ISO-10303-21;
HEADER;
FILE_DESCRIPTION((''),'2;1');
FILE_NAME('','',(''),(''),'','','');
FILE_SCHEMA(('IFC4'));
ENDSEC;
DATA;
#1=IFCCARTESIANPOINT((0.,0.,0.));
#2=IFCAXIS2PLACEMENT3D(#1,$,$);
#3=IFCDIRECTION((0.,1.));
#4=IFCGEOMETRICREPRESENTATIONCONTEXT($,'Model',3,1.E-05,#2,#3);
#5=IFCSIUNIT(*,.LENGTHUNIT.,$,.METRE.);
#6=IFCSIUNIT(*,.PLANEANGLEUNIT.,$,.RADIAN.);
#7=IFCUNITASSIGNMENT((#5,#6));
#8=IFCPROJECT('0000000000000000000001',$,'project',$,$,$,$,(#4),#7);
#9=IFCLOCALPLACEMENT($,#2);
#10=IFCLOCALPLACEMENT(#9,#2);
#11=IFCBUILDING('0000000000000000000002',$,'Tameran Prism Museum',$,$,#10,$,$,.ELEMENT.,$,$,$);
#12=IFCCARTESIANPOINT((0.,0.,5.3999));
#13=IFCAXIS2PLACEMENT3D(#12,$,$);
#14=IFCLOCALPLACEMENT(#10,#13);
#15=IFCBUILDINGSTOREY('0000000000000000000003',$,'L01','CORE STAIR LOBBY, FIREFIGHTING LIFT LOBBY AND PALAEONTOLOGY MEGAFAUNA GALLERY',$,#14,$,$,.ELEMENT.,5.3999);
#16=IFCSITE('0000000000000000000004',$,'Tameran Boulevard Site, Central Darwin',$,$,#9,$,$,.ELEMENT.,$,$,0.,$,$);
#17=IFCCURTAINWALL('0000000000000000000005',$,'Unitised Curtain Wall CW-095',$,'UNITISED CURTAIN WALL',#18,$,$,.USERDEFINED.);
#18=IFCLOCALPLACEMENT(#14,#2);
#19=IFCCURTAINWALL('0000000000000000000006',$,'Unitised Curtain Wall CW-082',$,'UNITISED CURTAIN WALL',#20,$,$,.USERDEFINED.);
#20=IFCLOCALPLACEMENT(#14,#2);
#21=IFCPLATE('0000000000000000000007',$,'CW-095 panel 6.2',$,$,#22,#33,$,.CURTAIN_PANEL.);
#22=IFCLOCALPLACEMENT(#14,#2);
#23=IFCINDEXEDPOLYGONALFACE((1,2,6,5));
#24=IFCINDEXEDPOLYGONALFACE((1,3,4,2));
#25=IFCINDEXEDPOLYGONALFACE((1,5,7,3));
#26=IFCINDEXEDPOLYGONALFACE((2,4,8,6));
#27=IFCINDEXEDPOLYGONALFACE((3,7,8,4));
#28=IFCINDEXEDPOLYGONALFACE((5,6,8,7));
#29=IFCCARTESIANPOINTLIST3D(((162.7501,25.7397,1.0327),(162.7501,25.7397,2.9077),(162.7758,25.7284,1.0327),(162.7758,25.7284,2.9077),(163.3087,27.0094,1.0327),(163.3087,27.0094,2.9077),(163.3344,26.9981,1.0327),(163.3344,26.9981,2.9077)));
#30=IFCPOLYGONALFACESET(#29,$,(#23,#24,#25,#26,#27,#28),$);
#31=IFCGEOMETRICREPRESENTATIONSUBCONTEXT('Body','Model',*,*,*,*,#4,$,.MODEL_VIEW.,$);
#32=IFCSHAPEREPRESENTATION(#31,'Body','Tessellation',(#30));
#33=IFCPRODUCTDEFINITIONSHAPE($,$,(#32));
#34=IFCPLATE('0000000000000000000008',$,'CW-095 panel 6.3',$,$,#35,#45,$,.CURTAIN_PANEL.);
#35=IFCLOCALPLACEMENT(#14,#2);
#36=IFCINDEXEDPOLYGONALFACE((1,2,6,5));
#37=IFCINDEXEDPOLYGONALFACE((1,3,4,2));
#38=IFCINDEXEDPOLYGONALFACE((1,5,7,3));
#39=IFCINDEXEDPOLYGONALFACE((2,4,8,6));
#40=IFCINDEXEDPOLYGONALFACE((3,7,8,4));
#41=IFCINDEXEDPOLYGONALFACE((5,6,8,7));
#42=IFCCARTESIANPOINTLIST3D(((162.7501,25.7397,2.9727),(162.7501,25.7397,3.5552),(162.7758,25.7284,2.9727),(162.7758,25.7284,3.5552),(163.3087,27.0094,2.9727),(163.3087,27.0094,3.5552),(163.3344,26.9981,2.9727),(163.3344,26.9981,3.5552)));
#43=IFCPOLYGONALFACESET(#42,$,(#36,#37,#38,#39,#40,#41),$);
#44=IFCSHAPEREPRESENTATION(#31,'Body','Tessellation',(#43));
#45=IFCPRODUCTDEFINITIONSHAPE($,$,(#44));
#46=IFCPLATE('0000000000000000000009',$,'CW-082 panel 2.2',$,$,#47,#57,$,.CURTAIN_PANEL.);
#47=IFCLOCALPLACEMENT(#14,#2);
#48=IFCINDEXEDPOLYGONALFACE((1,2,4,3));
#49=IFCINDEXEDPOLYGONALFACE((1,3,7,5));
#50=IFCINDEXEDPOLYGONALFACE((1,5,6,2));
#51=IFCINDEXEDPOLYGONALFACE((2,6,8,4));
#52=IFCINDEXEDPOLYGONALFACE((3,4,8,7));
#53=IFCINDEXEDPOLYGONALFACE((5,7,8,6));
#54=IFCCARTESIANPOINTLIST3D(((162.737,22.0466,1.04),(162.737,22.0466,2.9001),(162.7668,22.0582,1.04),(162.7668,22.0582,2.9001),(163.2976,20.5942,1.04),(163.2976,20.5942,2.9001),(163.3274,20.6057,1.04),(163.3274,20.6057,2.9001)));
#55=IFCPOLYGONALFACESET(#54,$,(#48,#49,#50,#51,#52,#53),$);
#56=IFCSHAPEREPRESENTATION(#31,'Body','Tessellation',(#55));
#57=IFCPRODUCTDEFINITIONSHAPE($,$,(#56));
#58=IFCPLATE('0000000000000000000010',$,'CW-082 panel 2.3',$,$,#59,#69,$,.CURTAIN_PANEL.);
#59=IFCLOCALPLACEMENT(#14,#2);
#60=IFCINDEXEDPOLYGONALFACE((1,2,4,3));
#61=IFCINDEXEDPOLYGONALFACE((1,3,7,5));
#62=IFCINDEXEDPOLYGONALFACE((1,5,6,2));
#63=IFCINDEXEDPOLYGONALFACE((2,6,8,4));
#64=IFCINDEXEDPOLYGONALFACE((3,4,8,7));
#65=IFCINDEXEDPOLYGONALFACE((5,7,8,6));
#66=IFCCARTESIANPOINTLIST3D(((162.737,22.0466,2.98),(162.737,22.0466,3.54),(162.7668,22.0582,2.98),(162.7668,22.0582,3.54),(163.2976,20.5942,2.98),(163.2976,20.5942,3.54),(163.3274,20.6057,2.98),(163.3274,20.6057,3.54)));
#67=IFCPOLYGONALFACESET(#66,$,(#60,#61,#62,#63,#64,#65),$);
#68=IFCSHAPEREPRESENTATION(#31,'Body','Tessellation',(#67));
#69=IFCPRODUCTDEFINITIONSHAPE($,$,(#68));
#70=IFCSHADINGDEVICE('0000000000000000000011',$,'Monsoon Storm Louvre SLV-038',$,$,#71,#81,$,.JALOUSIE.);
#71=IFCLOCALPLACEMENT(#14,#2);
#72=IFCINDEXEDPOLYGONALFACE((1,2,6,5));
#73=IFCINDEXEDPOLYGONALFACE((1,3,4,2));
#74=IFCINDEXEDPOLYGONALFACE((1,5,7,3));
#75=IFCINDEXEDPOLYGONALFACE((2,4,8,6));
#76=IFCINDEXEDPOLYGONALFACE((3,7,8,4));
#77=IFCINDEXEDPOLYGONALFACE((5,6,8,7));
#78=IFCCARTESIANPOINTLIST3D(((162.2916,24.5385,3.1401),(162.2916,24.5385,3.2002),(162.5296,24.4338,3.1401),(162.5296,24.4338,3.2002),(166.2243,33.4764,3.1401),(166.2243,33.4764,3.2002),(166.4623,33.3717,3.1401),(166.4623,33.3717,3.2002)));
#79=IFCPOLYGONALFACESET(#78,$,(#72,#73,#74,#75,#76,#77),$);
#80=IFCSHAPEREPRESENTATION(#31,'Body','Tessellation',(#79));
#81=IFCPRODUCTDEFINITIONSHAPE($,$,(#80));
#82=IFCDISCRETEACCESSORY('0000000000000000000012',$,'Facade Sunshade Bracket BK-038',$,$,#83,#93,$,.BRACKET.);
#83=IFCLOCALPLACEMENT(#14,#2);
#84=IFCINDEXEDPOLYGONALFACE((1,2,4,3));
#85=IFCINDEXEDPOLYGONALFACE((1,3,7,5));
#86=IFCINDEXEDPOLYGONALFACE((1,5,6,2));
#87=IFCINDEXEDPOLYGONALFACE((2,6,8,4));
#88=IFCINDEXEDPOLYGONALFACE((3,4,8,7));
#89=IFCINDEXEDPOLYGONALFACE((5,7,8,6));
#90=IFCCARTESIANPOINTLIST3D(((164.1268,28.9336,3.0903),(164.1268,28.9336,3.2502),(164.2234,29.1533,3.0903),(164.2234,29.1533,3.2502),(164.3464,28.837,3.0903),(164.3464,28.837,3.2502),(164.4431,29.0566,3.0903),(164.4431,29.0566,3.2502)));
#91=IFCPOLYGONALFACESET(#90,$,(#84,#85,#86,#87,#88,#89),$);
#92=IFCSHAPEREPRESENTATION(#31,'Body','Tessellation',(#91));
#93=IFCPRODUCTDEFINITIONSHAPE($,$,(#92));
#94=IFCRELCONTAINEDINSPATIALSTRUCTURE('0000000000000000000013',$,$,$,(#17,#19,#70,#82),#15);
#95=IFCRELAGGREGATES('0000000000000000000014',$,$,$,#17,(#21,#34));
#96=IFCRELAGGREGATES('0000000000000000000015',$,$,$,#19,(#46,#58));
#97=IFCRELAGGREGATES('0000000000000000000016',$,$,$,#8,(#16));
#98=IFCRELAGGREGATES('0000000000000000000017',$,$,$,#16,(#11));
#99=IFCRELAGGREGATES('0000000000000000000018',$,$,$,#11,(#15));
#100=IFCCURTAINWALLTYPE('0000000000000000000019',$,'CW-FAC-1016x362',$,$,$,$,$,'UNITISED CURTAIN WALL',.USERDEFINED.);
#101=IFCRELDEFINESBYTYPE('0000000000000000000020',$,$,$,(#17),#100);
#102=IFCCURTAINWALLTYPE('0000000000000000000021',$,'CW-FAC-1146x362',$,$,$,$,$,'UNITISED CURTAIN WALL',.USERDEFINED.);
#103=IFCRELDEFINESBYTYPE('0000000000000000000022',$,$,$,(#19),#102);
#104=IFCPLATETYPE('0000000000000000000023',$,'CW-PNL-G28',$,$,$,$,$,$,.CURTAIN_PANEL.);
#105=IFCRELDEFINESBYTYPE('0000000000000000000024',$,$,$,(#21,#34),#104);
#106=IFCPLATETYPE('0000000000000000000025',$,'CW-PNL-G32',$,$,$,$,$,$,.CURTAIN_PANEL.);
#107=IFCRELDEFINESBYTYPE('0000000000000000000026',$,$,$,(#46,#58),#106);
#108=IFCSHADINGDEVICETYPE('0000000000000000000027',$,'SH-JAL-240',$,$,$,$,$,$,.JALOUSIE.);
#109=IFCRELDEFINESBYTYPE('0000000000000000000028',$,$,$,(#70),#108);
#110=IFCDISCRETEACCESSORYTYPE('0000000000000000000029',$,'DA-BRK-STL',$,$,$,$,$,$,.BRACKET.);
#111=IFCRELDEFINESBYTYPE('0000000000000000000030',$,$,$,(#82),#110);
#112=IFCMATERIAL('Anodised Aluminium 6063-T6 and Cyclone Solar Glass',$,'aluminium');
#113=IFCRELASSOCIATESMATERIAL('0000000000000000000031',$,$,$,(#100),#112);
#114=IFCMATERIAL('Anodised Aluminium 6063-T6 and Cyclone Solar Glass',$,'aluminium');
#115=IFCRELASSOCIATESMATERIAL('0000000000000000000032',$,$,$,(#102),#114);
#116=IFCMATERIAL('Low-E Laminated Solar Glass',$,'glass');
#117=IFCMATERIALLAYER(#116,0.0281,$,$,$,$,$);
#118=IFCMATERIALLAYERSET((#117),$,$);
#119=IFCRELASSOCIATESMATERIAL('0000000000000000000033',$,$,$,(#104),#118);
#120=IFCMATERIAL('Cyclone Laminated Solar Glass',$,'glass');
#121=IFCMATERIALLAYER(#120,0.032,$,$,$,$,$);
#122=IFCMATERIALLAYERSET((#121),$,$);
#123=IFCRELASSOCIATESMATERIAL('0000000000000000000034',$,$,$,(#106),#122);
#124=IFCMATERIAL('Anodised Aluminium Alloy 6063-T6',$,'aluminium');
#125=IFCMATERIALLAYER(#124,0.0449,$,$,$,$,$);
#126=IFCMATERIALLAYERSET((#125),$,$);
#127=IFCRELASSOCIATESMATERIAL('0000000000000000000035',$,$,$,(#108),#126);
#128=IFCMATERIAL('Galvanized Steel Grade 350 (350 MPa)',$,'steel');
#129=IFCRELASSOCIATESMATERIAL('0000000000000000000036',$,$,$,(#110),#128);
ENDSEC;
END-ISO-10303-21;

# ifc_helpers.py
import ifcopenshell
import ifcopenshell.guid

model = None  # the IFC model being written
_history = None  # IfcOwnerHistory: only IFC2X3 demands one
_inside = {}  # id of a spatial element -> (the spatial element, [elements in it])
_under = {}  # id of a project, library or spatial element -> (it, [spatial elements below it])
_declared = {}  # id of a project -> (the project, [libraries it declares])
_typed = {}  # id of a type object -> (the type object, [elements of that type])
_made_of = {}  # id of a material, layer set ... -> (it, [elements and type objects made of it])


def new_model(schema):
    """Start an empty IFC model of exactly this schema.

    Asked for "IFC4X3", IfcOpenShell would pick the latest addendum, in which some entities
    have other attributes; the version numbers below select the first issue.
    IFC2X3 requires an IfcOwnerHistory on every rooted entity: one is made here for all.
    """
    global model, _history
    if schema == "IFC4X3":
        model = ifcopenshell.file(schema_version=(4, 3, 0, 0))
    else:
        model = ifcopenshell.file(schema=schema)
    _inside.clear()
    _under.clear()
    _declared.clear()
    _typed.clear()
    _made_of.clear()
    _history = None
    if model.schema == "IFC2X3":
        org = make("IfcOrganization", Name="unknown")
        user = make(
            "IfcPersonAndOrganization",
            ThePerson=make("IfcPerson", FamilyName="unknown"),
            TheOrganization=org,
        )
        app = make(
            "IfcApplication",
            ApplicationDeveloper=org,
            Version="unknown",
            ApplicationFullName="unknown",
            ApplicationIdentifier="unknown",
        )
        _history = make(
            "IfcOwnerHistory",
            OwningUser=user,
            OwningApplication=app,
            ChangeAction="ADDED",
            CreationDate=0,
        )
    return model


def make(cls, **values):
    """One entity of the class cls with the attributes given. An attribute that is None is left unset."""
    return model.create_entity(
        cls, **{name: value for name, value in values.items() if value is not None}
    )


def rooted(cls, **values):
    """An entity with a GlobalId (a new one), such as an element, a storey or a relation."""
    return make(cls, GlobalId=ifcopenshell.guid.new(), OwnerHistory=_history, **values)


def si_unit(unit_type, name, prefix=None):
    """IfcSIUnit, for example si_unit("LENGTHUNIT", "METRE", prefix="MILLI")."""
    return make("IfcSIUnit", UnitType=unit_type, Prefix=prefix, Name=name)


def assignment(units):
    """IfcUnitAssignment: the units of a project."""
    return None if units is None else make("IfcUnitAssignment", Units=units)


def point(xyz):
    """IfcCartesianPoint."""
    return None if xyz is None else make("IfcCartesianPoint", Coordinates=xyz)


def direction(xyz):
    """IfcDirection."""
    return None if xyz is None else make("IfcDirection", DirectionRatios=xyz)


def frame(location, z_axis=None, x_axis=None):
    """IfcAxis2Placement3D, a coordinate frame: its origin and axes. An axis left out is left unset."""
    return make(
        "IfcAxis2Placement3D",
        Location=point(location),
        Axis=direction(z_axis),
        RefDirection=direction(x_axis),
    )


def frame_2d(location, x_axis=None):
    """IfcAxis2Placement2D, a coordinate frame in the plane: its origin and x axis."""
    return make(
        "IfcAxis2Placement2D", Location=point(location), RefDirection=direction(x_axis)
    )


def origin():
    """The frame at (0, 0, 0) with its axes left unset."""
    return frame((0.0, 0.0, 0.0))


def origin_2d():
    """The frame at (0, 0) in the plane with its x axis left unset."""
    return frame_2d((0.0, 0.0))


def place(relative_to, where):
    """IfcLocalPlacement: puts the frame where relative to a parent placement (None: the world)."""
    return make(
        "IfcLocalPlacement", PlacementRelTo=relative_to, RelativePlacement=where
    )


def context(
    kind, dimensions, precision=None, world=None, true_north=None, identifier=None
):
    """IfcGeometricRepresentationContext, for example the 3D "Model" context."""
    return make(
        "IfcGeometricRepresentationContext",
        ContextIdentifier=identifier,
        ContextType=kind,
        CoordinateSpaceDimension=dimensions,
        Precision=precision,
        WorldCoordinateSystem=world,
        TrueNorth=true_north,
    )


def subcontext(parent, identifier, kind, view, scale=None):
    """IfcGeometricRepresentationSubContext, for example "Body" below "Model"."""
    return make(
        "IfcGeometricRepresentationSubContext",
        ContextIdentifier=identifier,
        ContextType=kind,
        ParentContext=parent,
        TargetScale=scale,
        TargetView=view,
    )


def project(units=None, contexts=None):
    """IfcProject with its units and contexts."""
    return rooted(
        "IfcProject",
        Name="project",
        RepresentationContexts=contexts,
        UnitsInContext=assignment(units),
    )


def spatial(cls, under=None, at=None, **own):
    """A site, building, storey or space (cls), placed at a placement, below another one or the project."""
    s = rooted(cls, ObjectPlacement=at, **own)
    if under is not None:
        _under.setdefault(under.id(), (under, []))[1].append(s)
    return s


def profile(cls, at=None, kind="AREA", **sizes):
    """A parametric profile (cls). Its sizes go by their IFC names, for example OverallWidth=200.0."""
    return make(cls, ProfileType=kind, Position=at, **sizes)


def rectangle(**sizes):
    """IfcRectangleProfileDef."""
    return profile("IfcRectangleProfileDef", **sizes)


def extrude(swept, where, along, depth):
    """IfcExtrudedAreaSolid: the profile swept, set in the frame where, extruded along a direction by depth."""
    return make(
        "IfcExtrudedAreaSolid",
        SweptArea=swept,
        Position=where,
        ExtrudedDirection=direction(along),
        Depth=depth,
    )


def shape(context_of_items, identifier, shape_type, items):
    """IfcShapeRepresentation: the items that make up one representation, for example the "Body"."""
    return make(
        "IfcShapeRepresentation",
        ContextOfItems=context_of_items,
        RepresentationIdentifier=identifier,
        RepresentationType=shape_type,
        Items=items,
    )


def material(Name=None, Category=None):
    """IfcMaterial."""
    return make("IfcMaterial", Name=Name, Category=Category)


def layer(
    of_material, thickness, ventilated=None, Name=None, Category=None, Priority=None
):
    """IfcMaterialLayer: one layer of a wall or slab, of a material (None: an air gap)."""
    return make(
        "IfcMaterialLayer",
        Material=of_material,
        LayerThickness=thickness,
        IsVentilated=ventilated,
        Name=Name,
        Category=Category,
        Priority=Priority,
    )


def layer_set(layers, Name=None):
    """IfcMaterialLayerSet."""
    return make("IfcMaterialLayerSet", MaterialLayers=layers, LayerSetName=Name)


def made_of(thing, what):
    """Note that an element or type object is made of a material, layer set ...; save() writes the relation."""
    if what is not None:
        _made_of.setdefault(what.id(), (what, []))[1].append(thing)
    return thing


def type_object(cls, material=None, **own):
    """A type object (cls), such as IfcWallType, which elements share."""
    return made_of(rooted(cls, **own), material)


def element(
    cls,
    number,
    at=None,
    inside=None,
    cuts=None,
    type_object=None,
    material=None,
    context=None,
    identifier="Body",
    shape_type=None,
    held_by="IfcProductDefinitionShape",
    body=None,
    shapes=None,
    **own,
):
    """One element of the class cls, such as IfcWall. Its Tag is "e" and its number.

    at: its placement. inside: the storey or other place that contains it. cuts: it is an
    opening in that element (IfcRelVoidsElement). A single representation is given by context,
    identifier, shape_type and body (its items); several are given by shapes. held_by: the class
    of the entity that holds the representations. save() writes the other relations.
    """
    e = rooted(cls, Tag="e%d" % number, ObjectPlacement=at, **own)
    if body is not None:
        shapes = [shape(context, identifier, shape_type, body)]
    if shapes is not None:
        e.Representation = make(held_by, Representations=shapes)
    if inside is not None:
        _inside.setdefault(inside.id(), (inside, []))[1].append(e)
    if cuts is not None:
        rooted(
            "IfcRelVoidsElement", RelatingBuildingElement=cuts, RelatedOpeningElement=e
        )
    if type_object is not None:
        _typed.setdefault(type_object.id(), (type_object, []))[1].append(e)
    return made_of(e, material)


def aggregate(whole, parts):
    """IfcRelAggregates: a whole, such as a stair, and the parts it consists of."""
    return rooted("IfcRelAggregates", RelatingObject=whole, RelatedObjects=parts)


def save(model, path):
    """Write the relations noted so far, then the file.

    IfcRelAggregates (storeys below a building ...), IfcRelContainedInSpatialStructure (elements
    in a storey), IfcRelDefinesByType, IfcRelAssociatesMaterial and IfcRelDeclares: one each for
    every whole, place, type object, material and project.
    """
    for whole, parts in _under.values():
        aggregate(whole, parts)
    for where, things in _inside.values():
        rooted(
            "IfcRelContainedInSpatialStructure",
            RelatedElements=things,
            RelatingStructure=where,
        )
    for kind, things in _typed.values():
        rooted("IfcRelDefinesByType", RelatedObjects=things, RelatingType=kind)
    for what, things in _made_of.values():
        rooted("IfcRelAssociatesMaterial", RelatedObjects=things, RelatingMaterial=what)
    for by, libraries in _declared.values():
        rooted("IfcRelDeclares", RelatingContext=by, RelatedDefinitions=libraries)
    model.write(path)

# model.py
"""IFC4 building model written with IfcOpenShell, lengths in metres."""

from ifc_helpers import new_model, si_unit, direction, frame, origin, origin_2d, place, context, subcontext, project, spatial, rectangle, extrude, material, layer, layer_set, type_object, element, aggregate, save


model = new_model("IFC4")

# Units and contexts
model_context = context("Model", 3, precision=1e-05, world=origin(), true_north=direction((0.0, 1.0)))
body_context = subcontext(model_context, "Body", "Model", "MODEL_VIEW")
ifc_project = project(units=[si_unit("LENGTHUNIT", "METRE"), si_unit("PLANEANGLEUNIT", "RADIAN")], contexts=[model_context])

# Site, building, storey
site_placement = place(None, origin())
site = spatial("IfcSite", under=ifc_project, at=site_placement, Name="Tameran Boulevard Site, Central Darwin", CompositionType="ELEMENT", RefElevation=0.0)
building_placement = place(site_placement, origin())
building = spatial("IfcBuilding", under=site, at=building_placement, Name="Tameran Prism Museum", CompositionType="ELEMENT")
storey_placement = place(building_placement, frame((0.0, 0.0, 5.3999)))
storey = spatial("IfcBuildingStorey", under=building, at=storey_placement, Name="L01", Description="CORE STAIR LOBBY, FIREFIGHTING LIFT LOBBY AND PALAEONTOLOGY MEGAFAUNA GALLERY", CompositionType="ELEMENT", Elevation=5.3999)

# Curtain walls
ifc_material_1 = material(Name="Anodised Aluminium 6063-T6 and Cyclone Solar Glass", Category="aluminium")
curtain_wall_type_1 = type_object("IfcCurtainWallType", Name="CW-FAC-1016x362", ElementType="UNITISED CURTAIN WALL", PredefinedType="USERDEFINED", material=ifc_material_1)
curtain_wall_1_placement = place(storey_placement, origin())
curtain_wall_1 = element("IfcCurtainWall", 1, at=curtain_wall_1_placement, inside=storey, type_object=curtain_wall_type_1, Name="Unitised Curtain Wall CW-095", ObjectType="UNITISED CURTAIN WALL", PredefinedType="USERDEFINED")
ifc_material_2 = material(Name="Anodised Aluminium 6063-T6 and Cyclone Solar Glass", Category="aluminium")
curtain_wall_type_2 = type_object("IfcCurtainWallType", Name="CW-FAC-1146x362", ElementType="UNITISED CURTAIN WALL", PredefinedType="USERDEFINED", material=ifc_material_2)
curtain_wall_2_placement = place(storey_placement, origin())
curtain_wall_2 = element("IfcCurtainWall", 2, at=curtain_wall_2_placement, inside=storey, type_object=curtain_wall_type_2, Name="Unitised Curtain Wall CW-082", ObjectType="UNITISED CURTAIN WALL", PredefinedType="USERDEFINED")

# Plates
ifc_material_3 = material(Name="Low-E Laminated Solar Glass", Category="glass")
ifc_layer_1 = layer(ifc_material_3, 0.0281)
ifc_layer_set_1 = layer_set([ifc_layer_1])
plate_type_1 = type_object("IfcPlateType", Name="CW-PNL-G28", PredefinedType="CURTAIN_PANEL", material=ifc_layer_set_1)
plate_1_placement = place(storey_placement, frame((163.0422, 26.3689, 1.0327), z_axis=(0.0, 0.0, 1.0), x_axis=(-0.402722, -0.915322, 0.0)))
plate_1 = element("IfcPlate", 3, at=plate_1_placement, type_object=plate_type_1, Name="CW-095 panel 6.2", PredefinedType="CURTAIN_PANEL", context=body_context, shape_type="SweptSolid", body=[
    extrude(rectangle(XDim=1.3872, YDim=0.0281, at=origin_2d()), origin(), (0.0, 0.0, 1.0), 1.875),
])
plate_2_placement = place(storey_placement, frame((163.0422, 26.3689, 2.9727), z_axis=(0.0, 0.0, 1.0), x_axis=(-0.402722, -0.915322, 0.0)))
plate_2 = element("IfcPlate", 4, at=plate_2_placement, type_object=plate_type_1, Name="CW-095 panel 6.3", PredefinedType="CURTAIN_PANEL", context=body_context, shape_type="SweptSolid", body=[
    extrude(rectangle(XDim=1.3872, YDim=0.0281, at=origin_2d()), origin(), (0.0, 0.0, 1.0), 0.5825),
])
aggregate(curtain_wall_1, [plate_1, plate_2])
ifc_material_4 = material(Name="Cyclone Laminated Solar Glass", Category="glass")
ifc_layer_2 = layer(ifc_material_4, 0.032)
ifc_layer_set_2 = layer_set([ifc_layer_2])
plate_type_2 = type_object("IfcPlateType", Name="CW-PNL-G32", PredefinedType="CURTAIN_PANEL", material=ifc_layer_set_2)
plate_3_placement = place(storey_placement, frame((163.0322, 21.3262, 1.04), z_axis=(0.0, 0.0, 1.0), x_axis=(0.360078, -0.932922, 0.0)))
plate_3 = element("IfcPlate", 5, at=plate_3_placement, type_object=plate_type_2, Name="CW-082 panel 2.2", PredefinedType="CURTAIN_PANEL", context=body_context, shape_type="SweptSolid", body=[
    extrude(rectangle(XDim=1.5569, YDim=0.032, at=origin_2d()), origin(), (0.0, 0.0, 1.0), 1.8601),
])
plate_4_placement = place(storey_placement, frame((163.0322, 21.3262, 2.98), z_axis=(0.0, 0.0, 1.0), x_axis=(0.360078, -0.932922, 0.0)))
plate_4 = element("IfcPlate", 6, at=plate_4_placement, type_object=plate_type_2, Name="CW-082 panel 2.3", PredefinedType="CURTAIN_PANEL", context=body_context, shape_type="SweptSolid", body=[
    extrude(rectangle(XDim=1.5569, YDim=0.032, at=origin_2d()), origin(), (0.0, 0.0, 1.0), 0.5601),
])
aggregate(curtain_wall_2, [plate_3, plate_4])

# Shading device
ifc_material_5 = material(Name="Anodised Aluminium Alloy 6063-T6", Category="aluminium")
ifc_layer_3 = layer(ifc_material_5, 0.0449)
ifc_layer_set_3 = layer_set([ifc_layer_3])
shading_device_type = type_object("IfcShadingDeviceType", Name="SH-JAL-240", PredefinedType="JALOUSIE", material=ifc_layer_set_3)
shading_device_placement = place(storey_placement, frame((164.377, 28.9551, 3.1401), z_axis=(0.0, 0.0, 1.0), x_axis=(-0.402747, -0.915311, 0.0)))
element("IfcShadingDevice", 7, at=shading_device_placement, inside=storey, type_object=shading_device_type, Name="Monsoon Storm Louvre SLV-038", PredefinedType="JALOUSIE", context=body_context, shape_type="SweptSolid", body=[
    extrude(rectangle(XDim=9.7649, YDim=0.26, at=origin_2d()), origin(), (0.0, 0.0, 1.0), 0.0601),
])

# Discrete accessory
ifc_material_6 = material(Name="Galvanized Steel Grade 350 (350 MPa)", Category="steel")
discrete_accessory_type = type_object("IfcDiscreteAccessoryType", Name="DA-BRK-STL", PredefinedType="BRACKET", material=ifc_material_6)
discrete_accessory_placement = place(storey_placement, frame((164.2849, 28.9951, 3.0903), z_axis=(0.0, 0.0, 1.0), x_axis=(-0.402747, -0.915311, 0.0)))
element("IfcDiscreteAccessory", 8, at=discrete_accessory_placement, inside=storey, type_object=discrete_accessory_type, Name="Facade Sunshade Bracket BK-038", PredefinedType="BRACKET", context=body_context, shape_type="SweptSolid", body=[
    extrude(rectangle(XDim=0.24, YDim=0.24, at=origin_2d()), origin(), (0.0, 0.0, 1.0), 0.1599),
])

save(model, "model.ifc")
